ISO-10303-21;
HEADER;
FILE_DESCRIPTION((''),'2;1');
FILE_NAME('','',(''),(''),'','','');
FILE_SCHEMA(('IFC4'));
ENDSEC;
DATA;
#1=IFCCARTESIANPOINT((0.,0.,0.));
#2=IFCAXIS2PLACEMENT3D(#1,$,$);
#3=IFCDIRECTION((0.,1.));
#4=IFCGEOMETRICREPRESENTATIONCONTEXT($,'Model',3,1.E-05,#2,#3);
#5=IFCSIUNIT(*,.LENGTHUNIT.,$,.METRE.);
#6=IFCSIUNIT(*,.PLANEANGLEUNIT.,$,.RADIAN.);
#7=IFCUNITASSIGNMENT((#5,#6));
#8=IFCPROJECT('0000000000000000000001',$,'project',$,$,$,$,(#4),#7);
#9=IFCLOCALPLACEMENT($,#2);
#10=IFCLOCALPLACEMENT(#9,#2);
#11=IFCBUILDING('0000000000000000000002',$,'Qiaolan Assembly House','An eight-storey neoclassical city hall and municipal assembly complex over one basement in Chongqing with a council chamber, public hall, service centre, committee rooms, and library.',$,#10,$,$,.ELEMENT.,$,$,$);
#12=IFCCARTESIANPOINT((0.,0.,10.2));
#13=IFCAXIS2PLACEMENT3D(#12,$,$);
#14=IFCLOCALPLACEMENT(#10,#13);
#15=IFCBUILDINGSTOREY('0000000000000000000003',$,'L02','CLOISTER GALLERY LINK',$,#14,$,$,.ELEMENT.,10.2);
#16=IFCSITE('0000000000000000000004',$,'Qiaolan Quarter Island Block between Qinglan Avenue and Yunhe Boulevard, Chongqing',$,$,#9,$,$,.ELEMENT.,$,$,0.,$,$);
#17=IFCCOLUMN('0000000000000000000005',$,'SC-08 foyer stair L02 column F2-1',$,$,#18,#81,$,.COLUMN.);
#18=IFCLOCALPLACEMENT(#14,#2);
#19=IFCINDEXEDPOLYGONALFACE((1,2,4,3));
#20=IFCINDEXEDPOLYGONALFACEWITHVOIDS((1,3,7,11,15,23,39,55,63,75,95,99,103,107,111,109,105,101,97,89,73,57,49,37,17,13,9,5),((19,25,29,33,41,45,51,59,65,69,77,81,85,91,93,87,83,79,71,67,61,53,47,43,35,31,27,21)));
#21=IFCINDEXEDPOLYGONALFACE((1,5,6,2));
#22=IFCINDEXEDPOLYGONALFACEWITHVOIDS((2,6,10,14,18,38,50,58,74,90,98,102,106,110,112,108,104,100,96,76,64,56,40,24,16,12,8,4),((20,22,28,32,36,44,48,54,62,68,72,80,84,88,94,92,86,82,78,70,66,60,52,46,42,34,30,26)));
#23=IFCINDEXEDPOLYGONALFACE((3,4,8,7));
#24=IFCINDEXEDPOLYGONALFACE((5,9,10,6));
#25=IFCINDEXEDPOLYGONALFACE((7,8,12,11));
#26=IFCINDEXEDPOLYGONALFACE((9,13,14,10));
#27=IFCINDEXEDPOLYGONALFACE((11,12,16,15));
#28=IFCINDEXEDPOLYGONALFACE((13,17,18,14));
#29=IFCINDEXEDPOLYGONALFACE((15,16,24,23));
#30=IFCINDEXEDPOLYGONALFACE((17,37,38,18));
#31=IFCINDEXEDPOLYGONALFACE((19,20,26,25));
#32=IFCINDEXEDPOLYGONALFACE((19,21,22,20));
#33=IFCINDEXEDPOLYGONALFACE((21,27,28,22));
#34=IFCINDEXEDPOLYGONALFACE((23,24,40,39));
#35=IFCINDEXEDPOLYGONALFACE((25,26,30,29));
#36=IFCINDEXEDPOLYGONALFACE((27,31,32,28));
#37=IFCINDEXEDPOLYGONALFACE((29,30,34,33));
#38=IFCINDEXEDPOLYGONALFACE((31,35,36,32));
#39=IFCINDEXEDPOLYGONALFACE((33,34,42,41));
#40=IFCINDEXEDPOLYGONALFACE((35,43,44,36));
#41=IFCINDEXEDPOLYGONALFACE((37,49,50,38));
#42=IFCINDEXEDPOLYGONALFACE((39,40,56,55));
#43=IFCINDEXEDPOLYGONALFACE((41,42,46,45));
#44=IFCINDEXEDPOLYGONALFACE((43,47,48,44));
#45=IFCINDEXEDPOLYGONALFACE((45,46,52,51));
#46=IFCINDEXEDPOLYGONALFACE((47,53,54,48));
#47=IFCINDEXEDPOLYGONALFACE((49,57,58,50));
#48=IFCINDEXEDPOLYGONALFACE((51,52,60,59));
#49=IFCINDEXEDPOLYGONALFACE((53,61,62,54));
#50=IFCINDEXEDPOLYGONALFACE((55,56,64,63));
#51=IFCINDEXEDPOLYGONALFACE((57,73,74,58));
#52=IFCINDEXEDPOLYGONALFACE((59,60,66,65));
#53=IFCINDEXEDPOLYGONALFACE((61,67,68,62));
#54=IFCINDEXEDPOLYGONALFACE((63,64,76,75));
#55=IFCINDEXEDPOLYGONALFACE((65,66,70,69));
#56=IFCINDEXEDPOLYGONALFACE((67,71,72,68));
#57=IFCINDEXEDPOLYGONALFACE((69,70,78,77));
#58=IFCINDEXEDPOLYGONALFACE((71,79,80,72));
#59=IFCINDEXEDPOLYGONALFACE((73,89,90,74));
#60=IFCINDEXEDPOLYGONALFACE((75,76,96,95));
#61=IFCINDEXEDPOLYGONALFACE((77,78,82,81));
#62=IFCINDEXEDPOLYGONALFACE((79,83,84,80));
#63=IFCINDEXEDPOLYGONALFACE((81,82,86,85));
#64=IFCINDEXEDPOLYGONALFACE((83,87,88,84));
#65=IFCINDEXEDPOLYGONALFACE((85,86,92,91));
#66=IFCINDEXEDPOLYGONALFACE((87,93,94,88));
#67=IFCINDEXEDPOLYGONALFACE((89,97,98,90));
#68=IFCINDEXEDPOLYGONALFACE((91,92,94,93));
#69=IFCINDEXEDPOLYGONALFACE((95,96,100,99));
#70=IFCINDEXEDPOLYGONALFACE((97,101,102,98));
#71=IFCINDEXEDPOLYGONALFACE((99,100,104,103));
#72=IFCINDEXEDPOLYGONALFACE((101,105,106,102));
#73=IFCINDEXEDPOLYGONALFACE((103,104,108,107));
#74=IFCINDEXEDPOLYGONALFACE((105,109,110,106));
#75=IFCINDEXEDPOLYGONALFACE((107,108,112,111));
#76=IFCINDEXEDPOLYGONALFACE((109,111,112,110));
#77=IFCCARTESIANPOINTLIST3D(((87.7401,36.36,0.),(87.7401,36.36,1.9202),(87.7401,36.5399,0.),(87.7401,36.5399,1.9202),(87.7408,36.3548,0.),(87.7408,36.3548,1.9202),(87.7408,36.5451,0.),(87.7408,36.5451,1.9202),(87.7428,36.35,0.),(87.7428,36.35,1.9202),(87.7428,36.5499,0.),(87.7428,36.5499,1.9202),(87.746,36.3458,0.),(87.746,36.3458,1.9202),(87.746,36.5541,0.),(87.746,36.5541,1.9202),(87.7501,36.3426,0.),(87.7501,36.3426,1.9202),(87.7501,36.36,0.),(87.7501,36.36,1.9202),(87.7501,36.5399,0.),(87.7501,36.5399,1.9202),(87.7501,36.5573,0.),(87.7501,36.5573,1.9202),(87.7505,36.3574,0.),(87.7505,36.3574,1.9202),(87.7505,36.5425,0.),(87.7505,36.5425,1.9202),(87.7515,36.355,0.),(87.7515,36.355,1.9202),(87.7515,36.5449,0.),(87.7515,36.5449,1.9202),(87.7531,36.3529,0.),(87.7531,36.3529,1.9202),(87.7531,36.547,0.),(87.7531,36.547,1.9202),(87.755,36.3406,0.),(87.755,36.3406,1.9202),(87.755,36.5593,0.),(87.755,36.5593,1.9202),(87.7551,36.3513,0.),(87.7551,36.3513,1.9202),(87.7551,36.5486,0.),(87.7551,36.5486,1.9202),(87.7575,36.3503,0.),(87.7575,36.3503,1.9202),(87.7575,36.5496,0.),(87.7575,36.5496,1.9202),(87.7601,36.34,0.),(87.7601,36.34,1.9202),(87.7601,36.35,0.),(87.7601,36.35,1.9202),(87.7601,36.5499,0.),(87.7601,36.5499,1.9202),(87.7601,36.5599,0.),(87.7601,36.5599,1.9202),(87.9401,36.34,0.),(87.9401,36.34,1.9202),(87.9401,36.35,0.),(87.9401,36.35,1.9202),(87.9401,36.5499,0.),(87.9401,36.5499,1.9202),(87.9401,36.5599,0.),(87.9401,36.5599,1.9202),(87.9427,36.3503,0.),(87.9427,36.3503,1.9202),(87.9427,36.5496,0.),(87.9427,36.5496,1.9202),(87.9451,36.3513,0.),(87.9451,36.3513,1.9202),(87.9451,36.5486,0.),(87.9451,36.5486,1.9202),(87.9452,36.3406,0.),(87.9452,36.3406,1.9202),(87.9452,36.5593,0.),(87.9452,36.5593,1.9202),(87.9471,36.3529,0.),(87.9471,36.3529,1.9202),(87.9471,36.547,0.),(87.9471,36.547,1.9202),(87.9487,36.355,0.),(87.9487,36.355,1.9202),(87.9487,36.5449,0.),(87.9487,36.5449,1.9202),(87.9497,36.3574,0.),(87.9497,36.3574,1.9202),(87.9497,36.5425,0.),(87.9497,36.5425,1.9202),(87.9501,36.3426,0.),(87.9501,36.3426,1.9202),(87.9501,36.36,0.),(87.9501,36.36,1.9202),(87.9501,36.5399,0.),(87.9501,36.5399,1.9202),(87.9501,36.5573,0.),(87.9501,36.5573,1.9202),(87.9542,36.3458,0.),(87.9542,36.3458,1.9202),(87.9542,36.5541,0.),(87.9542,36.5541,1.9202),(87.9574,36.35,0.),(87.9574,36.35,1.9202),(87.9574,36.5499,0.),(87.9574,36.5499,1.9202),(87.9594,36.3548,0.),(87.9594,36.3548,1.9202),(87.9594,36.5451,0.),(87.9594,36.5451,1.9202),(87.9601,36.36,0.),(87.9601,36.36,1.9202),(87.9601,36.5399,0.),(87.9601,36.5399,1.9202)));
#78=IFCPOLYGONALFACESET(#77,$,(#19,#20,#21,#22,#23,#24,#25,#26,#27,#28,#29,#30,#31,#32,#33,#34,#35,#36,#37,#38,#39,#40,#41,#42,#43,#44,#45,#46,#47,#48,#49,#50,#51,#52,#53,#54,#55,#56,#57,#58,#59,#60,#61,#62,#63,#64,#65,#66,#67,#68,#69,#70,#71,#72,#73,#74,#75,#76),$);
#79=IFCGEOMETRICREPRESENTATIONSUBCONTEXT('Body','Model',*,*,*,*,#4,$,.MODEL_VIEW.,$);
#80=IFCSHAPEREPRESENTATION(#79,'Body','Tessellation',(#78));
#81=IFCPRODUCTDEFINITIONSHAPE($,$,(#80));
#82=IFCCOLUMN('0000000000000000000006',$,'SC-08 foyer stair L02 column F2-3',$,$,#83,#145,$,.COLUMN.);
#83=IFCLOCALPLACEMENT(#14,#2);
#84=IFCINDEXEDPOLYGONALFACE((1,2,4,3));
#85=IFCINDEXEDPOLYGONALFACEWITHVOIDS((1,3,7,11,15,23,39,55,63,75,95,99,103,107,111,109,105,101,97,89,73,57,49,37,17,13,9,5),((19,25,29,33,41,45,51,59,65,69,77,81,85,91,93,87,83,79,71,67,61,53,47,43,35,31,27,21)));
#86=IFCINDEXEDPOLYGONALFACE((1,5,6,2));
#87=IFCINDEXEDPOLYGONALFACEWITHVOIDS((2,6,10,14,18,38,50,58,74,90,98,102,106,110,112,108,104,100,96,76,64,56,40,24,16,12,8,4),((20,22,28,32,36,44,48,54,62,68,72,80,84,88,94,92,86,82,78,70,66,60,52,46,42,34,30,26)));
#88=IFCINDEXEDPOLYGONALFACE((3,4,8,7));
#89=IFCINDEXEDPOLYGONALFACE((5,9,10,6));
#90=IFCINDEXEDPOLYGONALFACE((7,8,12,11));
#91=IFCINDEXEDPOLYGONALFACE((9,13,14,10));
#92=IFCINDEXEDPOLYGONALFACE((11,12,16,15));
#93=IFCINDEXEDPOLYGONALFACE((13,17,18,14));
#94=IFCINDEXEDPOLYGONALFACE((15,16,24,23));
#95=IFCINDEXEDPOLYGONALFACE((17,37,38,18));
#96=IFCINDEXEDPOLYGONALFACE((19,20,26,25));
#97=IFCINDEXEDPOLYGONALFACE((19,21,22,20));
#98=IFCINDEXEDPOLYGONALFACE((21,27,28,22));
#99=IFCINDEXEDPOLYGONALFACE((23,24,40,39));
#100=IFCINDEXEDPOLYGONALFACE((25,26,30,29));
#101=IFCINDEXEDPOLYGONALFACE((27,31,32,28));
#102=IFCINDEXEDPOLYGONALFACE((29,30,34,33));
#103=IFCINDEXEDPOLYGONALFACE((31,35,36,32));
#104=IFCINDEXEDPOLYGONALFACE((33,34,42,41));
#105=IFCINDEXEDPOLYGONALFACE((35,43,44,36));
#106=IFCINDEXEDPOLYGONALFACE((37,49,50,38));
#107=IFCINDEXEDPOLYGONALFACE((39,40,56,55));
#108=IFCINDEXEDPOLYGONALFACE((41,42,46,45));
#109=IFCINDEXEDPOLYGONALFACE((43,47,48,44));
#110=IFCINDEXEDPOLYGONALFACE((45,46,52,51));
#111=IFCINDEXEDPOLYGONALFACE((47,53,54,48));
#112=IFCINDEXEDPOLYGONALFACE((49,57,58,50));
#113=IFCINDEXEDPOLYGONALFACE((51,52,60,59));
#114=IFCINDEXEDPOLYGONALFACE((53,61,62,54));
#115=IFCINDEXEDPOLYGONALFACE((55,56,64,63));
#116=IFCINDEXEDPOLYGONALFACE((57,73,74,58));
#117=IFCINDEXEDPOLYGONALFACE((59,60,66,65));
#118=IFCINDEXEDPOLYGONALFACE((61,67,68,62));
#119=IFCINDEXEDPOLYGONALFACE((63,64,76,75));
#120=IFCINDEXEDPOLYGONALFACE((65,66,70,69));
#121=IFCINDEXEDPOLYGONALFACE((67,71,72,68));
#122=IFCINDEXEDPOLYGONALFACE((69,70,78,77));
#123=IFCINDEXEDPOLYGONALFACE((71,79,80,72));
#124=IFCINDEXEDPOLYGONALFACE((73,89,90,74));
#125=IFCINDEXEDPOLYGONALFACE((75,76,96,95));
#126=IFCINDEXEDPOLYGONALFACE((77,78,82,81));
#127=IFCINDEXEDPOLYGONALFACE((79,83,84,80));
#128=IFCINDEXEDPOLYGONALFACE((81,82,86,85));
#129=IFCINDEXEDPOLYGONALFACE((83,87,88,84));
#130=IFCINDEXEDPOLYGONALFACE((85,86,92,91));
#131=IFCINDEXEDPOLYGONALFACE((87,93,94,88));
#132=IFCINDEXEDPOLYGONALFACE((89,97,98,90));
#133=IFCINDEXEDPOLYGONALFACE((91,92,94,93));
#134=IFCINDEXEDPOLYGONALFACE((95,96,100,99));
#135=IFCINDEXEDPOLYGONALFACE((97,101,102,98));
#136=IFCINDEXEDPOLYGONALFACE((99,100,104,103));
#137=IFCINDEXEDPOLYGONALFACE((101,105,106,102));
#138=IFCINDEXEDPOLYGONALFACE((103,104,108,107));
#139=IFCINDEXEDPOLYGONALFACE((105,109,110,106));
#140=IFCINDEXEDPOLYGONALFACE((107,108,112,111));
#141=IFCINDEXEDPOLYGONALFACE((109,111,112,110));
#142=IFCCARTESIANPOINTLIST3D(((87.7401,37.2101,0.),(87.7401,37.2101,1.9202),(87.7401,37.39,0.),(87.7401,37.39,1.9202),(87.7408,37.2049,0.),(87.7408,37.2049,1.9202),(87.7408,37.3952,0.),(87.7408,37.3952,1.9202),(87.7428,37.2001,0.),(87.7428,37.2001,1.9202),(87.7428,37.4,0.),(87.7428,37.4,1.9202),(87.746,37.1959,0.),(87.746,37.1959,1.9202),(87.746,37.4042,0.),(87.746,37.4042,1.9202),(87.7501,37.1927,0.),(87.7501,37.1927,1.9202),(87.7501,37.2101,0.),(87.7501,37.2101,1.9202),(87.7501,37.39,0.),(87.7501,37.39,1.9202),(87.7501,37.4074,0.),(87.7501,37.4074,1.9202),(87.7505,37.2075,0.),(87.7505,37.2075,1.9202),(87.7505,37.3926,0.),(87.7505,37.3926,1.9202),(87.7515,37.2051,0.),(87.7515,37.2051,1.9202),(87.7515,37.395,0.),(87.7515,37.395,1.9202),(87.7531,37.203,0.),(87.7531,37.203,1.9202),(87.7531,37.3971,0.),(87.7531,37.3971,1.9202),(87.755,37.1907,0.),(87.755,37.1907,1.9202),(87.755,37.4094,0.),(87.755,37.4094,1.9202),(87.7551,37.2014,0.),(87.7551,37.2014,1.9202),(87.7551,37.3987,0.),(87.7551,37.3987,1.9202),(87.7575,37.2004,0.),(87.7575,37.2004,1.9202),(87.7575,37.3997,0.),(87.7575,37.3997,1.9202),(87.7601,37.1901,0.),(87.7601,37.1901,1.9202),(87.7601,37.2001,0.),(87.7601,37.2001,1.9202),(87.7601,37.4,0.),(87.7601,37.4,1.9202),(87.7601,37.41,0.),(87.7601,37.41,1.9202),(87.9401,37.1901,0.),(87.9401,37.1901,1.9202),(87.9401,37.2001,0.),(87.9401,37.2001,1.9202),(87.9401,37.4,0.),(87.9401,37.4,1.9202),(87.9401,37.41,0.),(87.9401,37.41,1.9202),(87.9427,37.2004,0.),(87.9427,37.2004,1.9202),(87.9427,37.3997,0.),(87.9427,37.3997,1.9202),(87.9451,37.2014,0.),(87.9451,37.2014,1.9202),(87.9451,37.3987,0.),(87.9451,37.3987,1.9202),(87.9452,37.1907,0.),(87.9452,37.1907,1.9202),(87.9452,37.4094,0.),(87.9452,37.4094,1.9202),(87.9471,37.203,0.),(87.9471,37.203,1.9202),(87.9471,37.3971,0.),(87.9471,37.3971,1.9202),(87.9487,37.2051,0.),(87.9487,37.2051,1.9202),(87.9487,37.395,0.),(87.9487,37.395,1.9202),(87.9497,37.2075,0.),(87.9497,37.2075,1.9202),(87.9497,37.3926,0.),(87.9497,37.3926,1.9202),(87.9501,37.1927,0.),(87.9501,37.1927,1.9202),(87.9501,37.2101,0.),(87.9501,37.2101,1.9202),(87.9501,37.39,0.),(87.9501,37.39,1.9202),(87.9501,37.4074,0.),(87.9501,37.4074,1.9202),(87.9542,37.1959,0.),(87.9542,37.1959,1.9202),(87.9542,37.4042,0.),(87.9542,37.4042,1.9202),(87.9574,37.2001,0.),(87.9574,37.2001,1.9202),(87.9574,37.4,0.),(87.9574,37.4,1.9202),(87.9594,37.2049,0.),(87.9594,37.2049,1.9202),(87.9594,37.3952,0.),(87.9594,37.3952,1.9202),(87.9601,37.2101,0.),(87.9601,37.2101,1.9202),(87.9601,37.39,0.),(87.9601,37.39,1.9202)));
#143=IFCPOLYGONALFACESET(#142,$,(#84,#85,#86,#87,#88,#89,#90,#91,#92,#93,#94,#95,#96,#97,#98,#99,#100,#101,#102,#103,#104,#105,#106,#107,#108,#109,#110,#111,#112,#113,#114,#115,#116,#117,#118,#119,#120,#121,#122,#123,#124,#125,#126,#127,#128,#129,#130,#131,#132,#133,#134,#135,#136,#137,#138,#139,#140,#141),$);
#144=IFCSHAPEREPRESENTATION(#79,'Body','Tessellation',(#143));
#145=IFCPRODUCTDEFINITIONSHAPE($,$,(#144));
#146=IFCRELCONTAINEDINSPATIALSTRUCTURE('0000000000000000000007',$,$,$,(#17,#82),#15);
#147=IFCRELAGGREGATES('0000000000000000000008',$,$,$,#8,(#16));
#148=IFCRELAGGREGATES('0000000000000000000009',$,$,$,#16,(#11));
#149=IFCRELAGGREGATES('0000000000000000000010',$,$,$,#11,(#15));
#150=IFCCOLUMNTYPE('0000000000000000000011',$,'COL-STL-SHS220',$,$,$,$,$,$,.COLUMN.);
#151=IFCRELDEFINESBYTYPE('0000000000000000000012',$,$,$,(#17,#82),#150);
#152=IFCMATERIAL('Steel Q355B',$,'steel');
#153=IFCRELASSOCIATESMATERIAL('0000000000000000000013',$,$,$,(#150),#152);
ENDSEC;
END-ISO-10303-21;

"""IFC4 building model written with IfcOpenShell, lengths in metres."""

from ifc_helpers import new_model, si_unit, direction, frame, origin, origin_2d, place, context, subcontext, project, spatial, hollow_rectangle, extrude, material, material_profile, profile_set, type_object, element, save


model = new_model("IFC4")

# Units and contexts
model_context = context("Model", 3, precision=1e-05, world=origin(), true_north=direction((0.0, 1.0)))
body_context = subcontext(model_context, "Body", "Model", "MODEL_VIEW")
ifc_project = project(units=[si_unit("LENGTHUNIT", "METRE"), si_unit("PLANEANGLEUNIT", "RADIAN")], contexts=[model_context])

# Site, building, storey
site_placement = place(None, origin())
site = spatial("IfcSite", under=ifc_project, at=site_placement, Name="Qiaolan Quarter Island Block between Qinglan Avenue and Yunhe Boulevard, Chongqing", CompositionType="ELEMENT", RefElevation=0.0)
building_placement = place(site_placement, origin())
building = spatial("IfcBuilding", under=site, at=building_placement, Name="Qiaolan Assembly House", Description="An eight-storey neoclassical city hall and municipal assembly complex over one basement in Chongqing with a council chamber, public hall, service centre, committee rooms, and library.", CompositionType="ELEMENT")
storey_placement = place(building_placement, frame((0.0, 0.0, 10.2)))
storey = spatial("IfcBuildingStorey", under=building, at=storey_placement, Name="L02", Description="CLOISTER GALLERY LINK", CompositionType="ELEMENT", Elevation=10.2)

# Columns
ifc_material_1 = material(Name="Steel Q355B", Category="steel")
ifc_material_profile_1 = material_profile(ifc_material_1, hollow_rectangle(XDim=0.22, YDim=0.22, WallThickness=0.01, InnerFilletRadius=0.01, OuterFilletRadius=0.02, at=origin_2d()), Name="SHS 220x220x10")
ifc_profile_set_1 = profile_set([ifc_material_profile_1], Name="Steel Q355B")
column_type_1 = type_object("IfcColumnType", Name="COL-STL-SHS220", PredefinedType="COLUMN", material=ifc_profile_set_1)
for number, where, z_axis, x_axis, name in (
    (1, (87.8501, 36.45, 0.0), (0.0, 0.0, 1.0), (1.0, 0.0, 0.0), "SC-08 foyer stair L02 column F2-1"),
    (2, (87.8501, 37.3, 0.0), (0.0, 0.0, 1.0), (1.0, 0.0, 0.0), "SC-08 foyer stair L02 column F2-3"),
):
    element("IfcColumn", number, at=place(storey_placement, frame(where, z_axis=z_axis, x_axis=x_axis)), inside=storey, type_object=column_type_1, Name=name, PredefinedType="COLUMN", context=body_context, shape_type="SweptSolid", body=[
        extrude(hollow_rectangle(XDim=0.22, YDim=0.22, WallThickness=0.01, InnerFilletRadius=0.01, OuterFilletRadius=0.02, at=origin_2d()), origin(), (0.0, 0.0, 1.0), 1.9202),
    ])

save(model, "model.ifc")
